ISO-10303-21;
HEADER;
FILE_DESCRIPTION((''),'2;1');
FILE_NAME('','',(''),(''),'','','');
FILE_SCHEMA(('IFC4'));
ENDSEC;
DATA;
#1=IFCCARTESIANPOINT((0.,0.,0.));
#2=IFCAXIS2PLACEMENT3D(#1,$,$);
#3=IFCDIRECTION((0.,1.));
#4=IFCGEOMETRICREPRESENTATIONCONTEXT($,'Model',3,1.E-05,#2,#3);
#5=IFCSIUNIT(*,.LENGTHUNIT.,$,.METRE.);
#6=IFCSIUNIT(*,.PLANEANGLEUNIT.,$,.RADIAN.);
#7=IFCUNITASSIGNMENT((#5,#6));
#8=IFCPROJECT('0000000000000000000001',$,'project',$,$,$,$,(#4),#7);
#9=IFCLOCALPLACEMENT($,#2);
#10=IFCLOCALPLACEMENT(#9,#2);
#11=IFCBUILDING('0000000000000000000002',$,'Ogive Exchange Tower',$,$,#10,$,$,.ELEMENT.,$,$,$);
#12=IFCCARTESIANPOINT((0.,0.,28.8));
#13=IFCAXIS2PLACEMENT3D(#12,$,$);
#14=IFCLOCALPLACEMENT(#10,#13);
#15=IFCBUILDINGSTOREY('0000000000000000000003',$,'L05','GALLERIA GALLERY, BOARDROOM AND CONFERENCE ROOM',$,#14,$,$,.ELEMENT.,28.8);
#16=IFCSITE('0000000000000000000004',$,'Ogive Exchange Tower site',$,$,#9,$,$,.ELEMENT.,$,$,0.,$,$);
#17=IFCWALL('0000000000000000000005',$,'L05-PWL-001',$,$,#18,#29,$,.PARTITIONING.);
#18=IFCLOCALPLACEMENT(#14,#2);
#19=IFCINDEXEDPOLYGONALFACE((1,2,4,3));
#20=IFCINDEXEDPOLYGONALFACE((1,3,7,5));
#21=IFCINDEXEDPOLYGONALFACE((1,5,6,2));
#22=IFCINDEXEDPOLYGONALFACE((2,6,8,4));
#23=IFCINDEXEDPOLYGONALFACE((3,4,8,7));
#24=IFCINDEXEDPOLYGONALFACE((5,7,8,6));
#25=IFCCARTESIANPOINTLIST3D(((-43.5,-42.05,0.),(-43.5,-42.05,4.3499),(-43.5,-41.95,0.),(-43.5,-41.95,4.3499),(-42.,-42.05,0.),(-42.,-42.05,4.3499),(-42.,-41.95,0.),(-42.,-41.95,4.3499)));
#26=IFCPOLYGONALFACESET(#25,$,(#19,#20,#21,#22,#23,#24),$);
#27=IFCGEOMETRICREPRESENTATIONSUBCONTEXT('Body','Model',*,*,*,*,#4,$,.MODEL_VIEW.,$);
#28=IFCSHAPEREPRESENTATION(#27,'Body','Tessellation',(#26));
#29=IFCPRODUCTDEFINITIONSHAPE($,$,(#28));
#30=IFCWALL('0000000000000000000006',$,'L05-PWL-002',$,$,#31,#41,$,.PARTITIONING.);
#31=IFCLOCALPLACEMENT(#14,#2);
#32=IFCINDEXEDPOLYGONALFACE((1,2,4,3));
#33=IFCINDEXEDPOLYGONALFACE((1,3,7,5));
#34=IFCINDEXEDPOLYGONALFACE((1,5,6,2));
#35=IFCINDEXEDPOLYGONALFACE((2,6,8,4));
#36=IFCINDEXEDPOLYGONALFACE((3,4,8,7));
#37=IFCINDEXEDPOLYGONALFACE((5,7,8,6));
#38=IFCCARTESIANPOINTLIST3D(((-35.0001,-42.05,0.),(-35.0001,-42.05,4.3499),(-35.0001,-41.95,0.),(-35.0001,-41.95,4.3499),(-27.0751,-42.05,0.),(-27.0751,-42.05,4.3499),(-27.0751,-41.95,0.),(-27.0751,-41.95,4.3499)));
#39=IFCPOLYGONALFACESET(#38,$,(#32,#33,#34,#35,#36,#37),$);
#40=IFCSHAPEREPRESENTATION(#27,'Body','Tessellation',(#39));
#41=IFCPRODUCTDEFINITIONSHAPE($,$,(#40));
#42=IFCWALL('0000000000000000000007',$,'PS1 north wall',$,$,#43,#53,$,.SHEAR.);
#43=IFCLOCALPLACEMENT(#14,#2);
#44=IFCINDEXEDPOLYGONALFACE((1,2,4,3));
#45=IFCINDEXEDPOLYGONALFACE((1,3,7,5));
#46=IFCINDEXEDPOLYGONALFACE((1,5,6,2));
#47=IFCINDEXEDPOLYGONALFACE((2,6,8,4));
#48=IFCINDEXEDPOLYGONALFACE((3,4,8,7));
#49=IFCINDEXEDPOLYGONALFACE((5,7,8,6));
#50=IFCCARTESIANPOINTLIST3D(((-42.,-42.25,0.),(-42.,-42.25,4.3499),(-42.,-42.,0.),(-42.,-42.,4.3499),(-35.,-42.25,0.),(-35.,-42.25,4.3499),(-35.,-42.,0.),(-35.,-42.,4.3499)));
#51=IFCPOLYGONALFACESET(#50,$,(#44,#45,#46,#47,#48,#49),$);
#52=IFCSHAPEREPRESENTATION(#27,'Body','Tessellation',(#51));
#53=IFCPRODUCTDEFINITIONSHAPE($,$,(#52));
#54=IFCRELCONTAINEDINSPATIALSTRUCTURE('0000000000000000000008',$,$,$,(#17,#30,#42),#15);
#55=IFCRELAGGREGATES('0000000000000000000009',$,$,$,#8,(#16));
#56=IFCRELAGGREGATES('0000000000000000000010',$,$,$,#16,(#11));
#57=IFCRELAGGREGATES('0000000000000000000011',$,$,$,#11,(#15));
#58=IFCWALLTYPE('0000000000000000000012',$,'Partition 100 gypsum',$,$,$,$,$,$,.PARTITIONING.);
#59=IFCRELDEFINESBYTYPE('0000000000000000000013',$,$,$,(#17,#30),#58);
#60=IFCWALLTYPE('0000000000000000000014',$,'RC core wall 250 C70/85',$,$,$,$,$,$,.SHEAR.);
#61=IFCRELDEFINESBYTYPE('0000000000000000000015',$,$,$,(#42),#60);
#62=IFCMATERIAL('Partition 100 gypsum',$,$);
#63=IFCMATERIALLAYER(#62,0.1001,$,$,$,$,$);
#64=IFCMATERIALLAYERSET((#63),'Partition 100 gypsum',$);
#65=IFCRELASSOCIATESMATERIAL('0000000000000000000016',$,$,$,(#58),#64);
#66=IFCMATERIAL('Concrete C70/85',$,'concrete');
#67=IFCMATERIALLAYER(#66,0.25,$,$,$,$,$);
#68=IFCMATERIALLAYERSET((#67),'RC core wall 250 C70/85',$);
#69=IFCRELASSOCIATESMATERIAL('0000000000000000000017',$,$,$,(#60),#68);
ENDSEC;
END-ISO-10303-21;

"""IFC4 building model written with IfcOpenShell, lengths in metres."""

from ifc_helpers import new_model, si_unit, direction, frame, frame_2d, origin, place, context, subcontext, project, spatial, rectangle, extrude, material, layer, layer_set, type_object, element, save


model = new_model("IFC4")

# Units and contexts
model_context = context("Model", 3, precision=1e-05, world=origin(), true_north=direction((0.0, 1.0)))
body_context = subcontext(model_context, "Body", "Model", "MODEL_VIEW")
ifc_project = project(units=[si_unit("LENGTHUNIT", "METRE"), si_unit("PLANEANGLEUNIT", "RADIAN")], contexts=[model_context])

# Site, building, storey
site_placement = place(None, origin())
site = spatial("IfcSite", under=ifc_project, at=site_placement, Name="Ogive Exchange Tower site", CompositionType="ELEMENT", RefElevation=0.0)
building_placement = place(site_placement, origin())
building = spatial("IfcBuilding", under=site, at=building_placement, Name="Ogive Exchange Tower", CompositionType="ELEMENT")
storey_placement = place(building_placement, frame((0.0, 0.0, 28.8)))
storey = spatial("IfcBuildingStorey", under=building, at=storey_placement, Name="L05", Description="GALLERIA GALLERY, BOARDROOM AND CONFERENCE ROOM", CompositionType="ELEMENT", Elevation=28.8)

# Shared definitions
ifc_material_1 = material(Name="Concrete C70/85", Category="concrete")

# Walls
ifc_material_2 = material(Name="Partition 100 gypsum")
ifc_layer_1 = layer(ifc_material_2, 0.1001)
ifc_layer_set_1 = layer_set([ifc_layer_1], Name="Partition 100 gypsum")
wall_type_1 = type_object("IfcWallType", Name="Partition 100 gypsum", PredefinedType="PARTITIONING", material=ifc_layer_set_1)
wall_1_placement = place(storey_placement, frame((-43.5, -42.0, 0.0), z_axis=(0.0, 0.0, 1.0), x_axis=(1.0, 0.0, 0.0)))
element("IfcWall", 1, at=wall_1_placement, inside=storey, type_object=wall_type_1, Name="L05-PWL-001", PredefinedType="PARTITIONING", context=body_context, shape_type="SweptSolid", body=[
    extrude(rectangle(XDim=1.5, YDim=0.1001, at=frame_2d((0.75, 0.0))), origin(), (0.0, 0.0, 1.0), 4.3499),
])
wall_2_placement = place(storey_placement, frame((-35.0, -42.0, 0.0), z_axis=(0.0, 0.0, 1.0), x_axis=(1.0, 0.0, 0.0)))
element("IfcWall", 2, at=wall_2_placement, inside=storey, type_object=wall_type_1, Name="L05-PWL-002", PredefinedType="PARTITIONING", context=body_context, shape_type="SweptSolid", body=[
    extrude(rectangle(XDim=7.925, YDim=0.1001, at=frame_2d((3.9624, 0.0))), origin(), (0.0, 0.0, 1.0), 4.3499),
])
ifc_layer_2 = layer(ifc_material_1, 0.25)
ifc_layer_set_2 = layer_set([ifc_layer_2], Name="RC core wall 250 C70/85")
wall_type_2 = type_object("IfcWallType", Name="RC core wall 250 C70/85", PredefinedType="SHEAR", material=ifc_layer_set_2)
wall_3_placement = place(storey_placement, frame((-42.0, -42.125, 0.0), z_axis=(0.0, 0.0, 1.0), x_axis=(1.0, 0.0, 0.0)))
element("IfcWall", 3, at=wall_3_placement, inside=storey, type_object=wall_type_2, Name="PS1 north wall", PredefinedType="SHEAR", context=body_context, shape_type="SweptSolid", body=[
    extrude(rectangle(XDim=7.0, YDim=0.25, at=frame_2d((3.5, 0.0))), origin(), (0.0, 0.0, 1.0), 4.3499),
])

save(model, "model.ifc")
